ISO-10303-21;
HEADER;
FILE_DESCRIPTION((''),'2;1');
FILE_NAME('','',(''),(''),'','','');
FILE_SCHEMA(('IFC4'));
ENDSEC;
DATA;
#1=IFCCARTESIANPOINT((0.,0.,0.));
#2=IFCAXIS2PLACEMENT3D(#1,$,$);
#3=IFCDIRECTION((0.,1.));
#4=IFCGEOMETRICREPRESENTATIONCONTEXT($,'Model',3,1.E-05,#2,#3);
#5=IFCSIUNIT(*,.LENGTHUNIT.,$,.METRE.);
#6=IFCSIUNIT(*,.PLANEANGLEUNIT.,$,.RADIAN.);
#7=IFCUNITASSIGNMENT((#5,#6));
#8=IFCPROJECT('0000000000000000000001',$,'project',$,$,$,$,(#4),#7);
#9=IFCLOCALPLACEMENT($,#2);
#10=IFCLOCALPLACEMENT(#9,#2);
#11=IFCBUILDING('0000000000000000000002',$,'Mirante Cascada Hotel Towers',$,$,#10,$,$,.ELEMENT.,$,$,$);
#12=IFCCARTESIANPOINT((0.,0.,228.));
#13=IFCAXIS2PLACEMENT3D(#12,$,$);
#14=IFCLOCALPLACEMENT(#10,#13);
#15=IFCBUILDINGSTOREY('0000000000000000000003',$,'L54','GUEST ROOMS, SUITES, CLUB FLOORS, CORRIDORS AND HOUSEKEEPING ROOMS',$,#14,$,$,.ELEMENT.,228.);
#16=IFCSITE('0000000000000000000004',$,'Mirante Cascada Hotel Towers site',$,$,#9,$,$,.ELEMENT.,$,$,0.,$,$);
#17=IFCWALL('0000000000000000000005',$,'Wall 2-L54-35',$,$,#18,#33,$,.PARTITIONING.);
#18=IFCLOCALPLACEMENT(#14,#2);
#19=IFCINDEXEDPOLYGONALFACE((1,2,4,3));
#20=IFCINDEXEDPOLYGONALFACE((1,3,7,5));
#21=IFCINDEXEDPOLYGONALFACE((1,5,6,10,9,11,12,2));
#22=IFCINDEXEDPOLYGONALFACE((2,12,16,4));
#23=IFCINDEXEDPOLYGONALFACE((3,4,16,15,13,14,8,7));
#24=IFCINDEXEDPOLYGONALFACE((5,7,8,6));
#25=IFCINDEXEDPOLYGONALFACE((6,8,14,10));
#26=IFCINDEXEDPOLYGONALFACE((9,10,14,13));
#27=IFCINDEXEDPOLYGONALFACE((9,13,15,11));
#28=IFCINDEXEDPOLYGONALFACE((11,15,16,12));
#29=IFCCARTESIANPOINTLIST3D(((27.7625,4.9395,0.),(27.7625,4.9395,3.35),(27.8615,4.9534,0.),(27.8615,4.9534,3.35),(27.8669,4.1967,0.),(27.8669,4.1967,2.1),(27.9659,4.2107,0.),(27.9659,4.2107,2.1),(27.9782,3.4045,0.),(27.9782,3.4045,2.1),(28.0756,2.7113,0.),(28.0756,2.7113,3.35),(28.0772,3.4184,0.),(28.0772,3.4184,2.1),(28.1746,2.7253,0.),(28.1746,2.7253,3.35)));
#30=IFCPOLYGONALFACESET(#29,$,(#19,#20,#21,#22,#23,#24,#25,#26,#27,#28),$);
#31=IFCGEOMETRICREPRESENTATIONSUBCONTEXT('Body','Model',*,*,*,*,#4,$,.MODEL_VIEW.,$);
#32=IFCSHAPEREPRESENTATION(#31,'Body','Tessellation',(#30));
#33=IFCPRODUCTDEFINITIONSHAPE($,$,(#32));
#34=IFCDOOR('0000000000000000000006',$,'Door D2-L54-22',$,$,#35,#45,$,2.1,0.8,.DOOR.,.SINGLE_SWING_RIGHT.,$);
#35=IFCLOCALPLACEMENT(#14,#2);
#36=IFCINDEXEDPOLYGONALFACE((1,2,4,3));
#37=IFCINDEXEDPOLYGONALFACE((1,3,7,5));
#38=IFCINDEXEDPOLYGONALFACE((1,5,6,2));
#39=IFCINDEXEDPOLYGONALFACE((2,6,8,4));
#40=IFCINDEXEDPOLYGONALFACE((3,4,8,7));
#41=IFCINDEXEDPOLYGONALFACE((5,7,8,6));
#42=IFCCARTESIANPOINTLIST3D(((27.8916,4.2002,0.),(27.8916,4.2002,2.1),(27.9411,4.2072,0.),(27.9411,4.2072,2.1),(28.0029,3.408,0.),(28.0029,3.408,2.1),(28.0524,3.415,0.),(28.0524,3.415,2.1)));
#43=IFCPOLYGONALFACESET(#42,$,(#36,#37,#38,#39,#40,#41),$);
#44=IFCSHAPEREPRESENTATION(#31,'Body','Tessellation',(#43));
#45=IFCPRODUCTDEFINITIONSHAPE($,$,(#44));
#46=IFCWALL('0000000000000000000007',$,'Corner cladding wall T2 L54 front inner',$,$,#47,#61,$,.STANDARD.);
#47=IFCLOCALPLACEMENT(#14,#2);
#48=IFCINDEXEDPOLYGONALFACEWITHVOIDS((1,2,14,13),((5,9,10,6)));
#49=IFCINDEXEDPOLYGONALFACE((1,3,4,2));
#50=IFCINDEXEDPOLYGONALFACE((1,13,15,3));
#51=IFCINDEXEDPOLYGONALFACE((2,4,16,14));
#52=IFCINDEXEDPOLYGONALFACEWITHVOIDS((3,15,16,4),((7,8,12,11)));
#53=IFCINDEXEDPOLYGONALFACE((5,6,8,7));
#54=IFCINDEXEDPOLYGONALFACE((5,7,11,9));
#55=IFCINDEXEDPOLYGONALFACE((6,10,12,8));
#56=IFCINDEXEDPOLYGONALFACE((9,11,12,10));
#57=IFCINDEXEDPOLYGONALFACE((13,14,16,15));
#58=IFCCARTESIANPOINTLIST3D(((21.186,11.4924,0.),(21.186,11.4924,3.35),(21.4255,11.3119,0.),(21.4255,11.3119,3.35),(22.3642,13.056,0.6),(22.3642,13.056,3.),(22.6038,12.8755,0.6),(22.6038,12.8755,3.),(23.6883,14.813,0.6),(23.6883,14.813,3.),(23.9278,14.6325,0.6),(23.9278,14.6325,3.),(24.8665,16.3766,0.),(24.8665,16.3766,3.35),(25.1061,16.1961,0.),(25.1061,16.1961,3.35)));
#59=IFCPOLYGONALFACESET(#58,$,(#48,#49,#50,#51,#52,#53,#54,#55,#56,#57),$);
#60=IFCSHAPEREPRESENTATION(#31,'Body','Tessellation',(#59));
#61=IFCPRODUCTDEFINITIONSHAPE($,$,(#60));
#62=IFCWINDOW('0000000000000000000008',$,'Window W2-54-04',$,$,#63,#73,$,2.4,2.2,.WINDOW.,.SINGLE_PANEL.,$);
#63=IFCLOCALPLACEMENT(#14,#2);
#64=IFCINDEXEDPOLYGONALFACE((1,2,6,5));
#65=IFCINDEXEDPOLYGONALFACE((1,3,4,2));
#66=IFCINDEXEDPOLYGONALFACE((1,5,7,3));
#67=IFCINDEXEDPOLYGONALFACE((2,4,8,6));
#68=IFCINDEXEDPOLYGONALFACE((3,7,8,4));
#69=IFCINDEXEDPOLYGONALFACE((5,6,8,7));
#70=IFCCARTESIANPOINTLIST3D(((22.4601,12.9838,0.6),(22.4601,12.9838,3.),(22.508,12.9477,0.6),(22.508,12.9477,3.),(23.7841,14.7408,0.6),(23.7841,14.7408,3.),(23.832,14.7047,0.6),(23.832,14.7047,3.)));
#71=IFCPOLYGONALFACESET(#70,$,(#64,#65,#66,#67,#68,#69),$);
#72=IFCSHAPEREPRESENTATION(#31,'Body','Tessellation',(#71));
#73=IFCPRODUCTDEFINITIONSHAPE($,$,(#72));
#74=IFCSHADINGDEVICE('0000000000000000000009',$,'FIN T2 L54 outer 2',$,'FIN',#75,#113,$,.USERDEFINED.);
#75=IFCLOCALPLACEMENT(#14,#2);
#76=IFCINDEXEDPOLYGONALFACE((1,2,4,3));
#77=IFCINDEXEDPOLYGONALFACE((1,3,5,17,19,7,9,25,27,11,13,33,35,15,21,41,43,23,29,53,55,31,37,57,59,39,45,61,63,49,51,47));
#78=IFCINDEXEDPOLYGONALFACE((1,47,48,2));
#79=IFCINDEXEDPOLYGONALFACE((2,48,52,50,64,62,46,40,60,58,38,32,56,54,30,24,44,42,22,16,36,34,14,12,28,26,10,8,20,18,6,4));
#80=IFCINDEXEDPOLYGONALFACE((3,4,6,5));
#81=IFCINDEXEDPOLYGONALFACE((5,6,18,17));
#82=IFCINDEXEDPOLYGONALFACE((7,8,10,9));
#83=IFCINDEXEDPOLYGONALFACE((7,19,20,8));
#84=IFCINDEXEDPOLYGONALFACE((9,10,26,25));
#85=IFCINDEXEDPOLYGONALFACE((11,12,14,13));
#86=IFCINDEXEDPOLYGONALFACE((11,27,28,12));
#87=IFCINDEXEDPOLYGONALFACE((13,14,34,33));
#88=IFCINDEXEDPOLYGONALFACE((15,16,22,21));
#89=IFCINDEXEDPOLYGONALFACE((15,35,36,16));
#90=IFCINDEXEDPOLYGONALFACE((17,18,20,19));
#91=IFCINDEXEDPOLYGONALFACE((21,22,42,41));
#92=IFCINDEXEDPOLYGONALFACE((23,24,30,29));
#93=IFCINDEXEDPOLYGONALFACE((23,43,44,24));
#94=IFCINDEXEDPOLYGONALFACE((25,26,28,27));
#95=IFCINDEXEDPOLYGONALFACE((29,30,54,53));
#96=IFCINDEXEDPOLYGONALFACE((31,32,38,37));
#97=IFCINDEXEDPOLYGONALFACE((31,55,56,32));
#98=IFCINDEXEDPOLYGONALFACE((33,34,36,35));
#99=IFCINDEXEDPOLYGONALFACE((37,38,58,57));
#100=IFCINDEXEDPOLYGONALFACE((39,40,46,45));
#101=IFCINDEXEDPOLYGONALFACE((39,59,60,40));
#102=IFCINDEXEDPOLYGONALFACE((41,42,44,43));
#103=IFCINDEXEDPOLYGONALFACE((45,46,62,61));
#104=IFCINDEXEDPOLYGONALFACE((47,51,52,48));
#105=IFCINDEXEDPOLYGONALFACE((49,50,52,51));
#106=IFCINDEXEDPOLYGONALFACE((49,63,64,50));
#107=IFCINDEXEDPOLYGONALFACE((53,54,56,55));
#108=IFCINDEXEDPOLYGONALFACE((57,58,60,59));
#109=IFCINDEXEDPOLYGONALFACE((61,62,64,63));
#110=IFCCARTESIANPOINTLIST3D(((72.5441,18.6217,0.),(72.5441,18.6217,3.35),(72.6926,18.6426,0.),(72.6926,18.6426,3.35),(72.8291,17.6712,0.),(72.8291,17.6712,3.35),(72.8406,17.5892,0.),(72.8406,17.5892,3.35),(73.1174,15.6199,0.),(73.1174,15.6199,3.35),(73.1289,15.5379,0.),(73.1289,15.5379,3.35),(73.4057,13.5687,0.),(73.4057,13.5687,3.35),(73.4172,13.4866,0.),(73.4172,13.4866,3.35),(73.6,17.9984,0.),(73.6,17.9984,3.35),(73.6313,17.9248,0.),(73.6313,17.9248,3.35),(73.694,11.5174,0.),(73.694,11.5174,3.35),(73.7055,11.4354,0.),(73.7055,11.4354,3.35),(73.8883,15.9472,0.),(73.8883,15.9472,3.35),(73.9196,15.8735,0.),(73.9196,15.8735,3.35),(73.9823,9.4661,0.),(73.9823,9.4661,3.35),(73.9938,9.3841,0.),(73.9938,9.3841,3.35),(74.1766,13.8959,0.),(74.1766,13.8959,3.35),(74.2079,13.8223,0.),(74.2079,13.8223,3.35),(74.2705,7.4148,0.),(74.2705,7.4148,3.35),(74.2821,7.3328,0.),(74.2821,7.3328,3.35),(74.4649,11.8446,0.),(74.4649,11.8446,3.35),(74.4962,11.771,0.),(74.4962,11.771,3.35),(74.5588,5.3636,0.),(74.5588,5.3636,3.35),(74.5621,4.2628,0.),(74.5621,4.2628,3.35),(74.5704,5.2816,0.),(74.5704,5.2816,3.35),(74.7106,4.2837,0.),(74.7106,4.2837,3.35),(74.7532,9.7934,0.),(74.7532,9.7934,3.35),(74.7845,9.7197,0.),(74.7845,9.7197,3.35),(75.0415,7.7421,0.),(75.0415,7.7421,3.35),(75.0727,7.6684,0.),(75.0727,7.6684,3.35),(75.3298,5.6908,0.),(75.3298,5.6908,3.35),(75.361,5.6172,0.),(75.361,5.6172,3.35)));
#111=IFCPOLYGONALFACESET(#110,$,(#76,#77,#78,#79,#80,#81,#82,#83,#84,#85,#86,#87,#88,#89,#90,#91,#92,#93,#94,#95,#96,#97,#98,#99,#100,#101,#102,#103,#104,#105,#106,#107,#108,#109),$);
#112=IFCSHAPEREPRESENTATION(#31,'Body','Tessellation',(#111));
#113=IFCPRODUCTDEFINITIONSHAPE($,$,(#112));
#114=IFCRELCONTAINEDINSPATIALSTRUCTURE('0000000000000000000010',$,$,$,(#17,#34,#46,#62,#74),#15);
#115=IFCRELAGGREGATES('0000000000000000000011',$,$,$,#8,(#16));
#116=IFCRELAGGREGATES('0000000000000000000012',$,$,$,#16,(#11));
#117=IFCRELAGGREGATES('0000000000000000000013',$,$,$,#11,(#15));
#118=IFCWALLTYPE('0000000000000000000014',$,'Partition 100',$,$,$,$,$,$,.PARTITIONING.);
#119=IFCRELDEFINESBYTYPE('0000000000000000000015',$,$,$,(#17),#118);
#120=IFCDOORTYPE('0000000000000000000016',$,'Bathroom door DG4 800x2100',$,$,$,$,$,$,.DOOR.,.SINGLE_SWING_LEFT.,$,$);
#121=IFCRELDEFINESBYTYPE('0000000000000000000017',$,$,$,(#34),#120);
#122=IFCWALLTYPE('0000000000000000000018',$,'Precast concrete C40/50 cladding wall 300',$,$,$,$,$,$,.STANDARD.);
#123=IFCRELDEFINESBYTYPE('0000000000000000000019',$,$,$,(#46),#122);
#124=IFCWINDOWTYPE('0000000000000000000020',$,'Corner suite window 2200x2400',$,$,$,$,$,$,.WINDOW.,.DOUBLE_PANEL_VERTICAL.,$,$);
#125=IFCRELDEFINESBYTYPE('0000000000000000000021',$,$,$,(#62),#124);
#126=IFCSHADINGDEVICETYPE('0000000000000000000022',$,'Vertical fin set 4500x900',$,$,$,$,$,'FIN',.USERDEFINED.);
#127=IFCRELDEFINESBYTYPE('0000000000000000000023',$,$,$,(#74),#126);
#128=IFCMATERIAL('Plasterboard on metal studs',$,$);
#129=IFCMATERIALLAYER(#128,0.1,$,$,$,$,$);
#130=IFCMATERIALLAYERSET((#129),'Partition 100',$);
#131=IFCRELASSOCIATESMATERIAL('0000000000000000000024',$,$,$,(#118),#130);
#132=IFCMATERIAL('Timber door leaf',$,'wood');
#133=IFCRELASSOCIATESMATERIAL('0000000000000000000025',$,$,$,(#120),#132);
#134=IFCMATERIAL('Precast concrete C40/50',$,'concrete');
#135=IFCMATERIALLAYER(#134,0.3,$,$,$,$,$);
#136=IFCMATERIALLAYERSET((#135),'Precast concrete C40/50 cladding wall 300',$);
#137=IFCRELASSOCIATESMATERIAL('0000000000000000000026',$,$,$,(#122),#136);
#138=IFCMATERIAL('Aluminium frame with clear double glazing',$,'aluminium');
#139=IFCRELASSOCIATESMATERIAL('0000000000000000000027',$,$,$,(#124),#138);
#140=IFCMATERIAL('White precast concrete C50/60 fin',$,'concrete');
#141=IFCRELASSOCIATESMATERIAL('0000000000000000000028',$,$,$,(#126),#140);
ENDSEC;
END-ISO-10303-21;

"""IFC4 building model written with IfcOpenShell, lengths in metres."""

from ifc_helpers import new_model, si_unit, direction, frame, frame_2d, origin, place, context, subcontext, project, spatial, polyline, rectangle, outline, extrude, material, layer, layer_set, type_object, element, fill, save


model = new_model("IFC4")

# Units and contexts
model_context = context("Model", 3, precision=1e-05, world=origin(), true_north=direction((0.0, 1.0)))
body_context = subcontext(model_context, "Body", "Model", "MODEL_VIEW")
ifc_project = project(units=[si_unit("LENGTHUNIT", "METRE"), si_unit("PLANEANGLEUNIT", "RADIAN")], contexts=[model_context])

# Site, building, storey
site_placement = place(None, origin())
site = spatial("IfcSite", under=ifc_project, at=site_placement, Name="Mirante Cascada Hotel Towers site", CompositionType="ELEMENT", RefElevation=0.0)
building_placement = place(site_placement, origin())
building = spatial("IfcBuilding", under=site, at=building_placement, Name="Mirante Cascada Hotel Towers", CompositionType="ELEMENT")
storey_placement = place(building_placement, frame((0.0, 0.0, 228.0)))
storey = spatial("IfcBuildingStorey", under=building, at=storey_placement, Name="L54", Description="GUEST ROOMS, SUITES, CLUB FLOORS, CORRIDORS AND HOUSEKEEPING ROOMS", CompositionType="ELEMENT", Elevation=228.0)

# Shared definitions
ifc_material_1 = material(Name="Plasterboard on metal studs")
ifc_layer_1 = layer(ifc_material_1, 0.1)
ifc_layer_set_1 = layer_set([ifc_layer_1], Name="Partition 100")
wall_type_1 = type_object("IfcWallType", Name="Partition 100", PredefinedType="PARTITIONING", material=ifc_layer_set_1)

# Shared definitions
ifc_material_2 = material(Name="Timber door leaf", Category="wood")
door_type_1 = type_object("IfcDoorType", Name="Bathroom door DG4 800x2100", OperationType="SINGLE_SWING_LEFT", PredefinedType="DOOR", material=ifc_material_2)

# Wall, opening, door
wall_1_placement = place(storey_placement, frame((28.1251, 2.7183, 0.0), z_axis=(0.0, 0.0, 1.0), x_axis=(-0.139156, 0.990271, 0.0)))
wall_1 = element("IfcWall", 1, at=wall_1_placement, inside=storey, type_object=wall_type_1, Name="Wall 2-L54-35", PredefinedType="PARTITIONING", context=body_context, shape_type="SweptSolid", body=[
    extrude(rectangle(XDim=2.25, YDim=0.1, at=frame_2d((1.125, 0.0))), origin(), (0.0, 0.0, 1.0), 3.35),
])
opening_1_placement = place(wall_1_placement, frame((0.7, 0.0, 0.0)))
opening_1 = element("IfcOpeningElement", 2, at=opening_1_placement, cuts=wall_1, PredefinedType="OPENING", context=body_context, shape_type="SweptSolid", body=[
    extrude(rectangle(XDim=0.8, YDim=2.1, at=frame_2d((0.4, 1.05))), frame((0.0, 0.05, 0.0), z_axis=(0.0, -1.0, 0.0), x_axis=(1.0, 0.0, 0.0)), (0.0, 0.0, 1.0), 0.1),
])
door_1_placement = place(opening_1_placement, frame((0.8, 0.0, 0.0), z_axis=(0.0, 0.0, 1.0), x_axis=(-1.0, 0.0, 0.0)))
door_1 = element("IfcDoor", 3, at=door_1_placement, inside=storey, type_object=door_type_1, Name="Door D2-L54-22", OperationType="SINGLE_SWING_RIGHT", OverallHeight=2.1, OverallWidth=0.8, PredefinedType="DOOR", context=body_context, shape_type="SweptSolid", body=[
    extrude(rectangle(XDim=0.8, YDim=2.1, at=frame_2d((0.4, 1.05))), frame((0.0, 0.025, 0.0), z_axis=(0.0, -1.0, 0.0), x_axis=(1.0, 0.0, 0.0)), (0.0, 0.0, 1.0), 0.05),
])
fill(opening_1, door_1)

# Wall, opening, window
ifc_material_3 = material(Name="Precast concrete C40/50", Category="concrete")
ifc_layer_2 = layer(ifc_material_3, 0.3)
ifc_layer_set_2 = layer_set([ifc_layer_2], Name="Precast concrete C40/50 cladding wall 300")
wall_type_2 = type_object("IfcWallType", Name="Precast concrete C40/50 cladding wall 300", PredefinedType="STANDARD", material=ifc_layer_set_2)
wall_2_placement = place(storey_placement, frame((24.9863, 16.2863, 0.0), z_axis=(0.0, 0.0, 1.0), x_axis=(-0.601824, -0.798628, 0.0)))
wall_2 = element("IfcWall", 4, at=wall_2_placement, inside=storey, type_object=wall_type_2, Name="Corner cladding wall T2 L54 front inner", PredefinedType="STANDARD", context=body_context, shape_type="SweptSolid", body=[
    extrude(rectangle(XDim=6.1157, YDim=0.3, at=frame_2d((3.0578, 0.0))), origin(), (0.0, 0.0, 1.0), 3.35),
])
opening_2_placement = place(wall_2_placement, frame((1.9578, 0.0, 0.6)))
opening_2 = element("IfcOpeningElement", 5, at=opening_2_placement, cuts=wall_2, PredefinedType="OPENING", context=body_context, shape_type="SweptSolid", body=[
    extrude(rectangle(XDim=2.2, YDim=2.4, at=frame_2d((1.1, 1.2))), frame((0.0, 0.15, 0.0), z_axis=(0.0, -1.0, 0.0), x_axis=(1.0, 0.0, 0.0)), (0.0, 0.0, 1.0), 0.3),
])
ifc_material_4 = material(Name="Aluminium frame with clear double glazing", Category="aluminium")
window_type = type_object("IfcWindowType", Name="Corner suite window 2200x2400", PartitioningType="DOUBLE_PANEL_VERTICAL", PredefinedType="WINDOW", material=ifc_material_4)
window_placement = place(opening_2_placement, origin())
window = element("IfcWindow", 6, at=window_placement, inside=storey, type_object=window_type, Name="Window W2-54-04", OverallHeight=2.4, OverallWidth=2.2, PartitioningType="SINGLE_PANEL", PredefinedType="WINDOW", context=body_context, shape_type="SweptSolid", body=[
    extrude(rectangle(XDim=2.2, YDim=2.4, at=frame_2d((1.1, 1.2))), frame((0.0, 0.03, 0.0), z_axis=(0.0, -1.0, 0.0), x_axis=(1.0, 0.0, 0.0)), (0.0, 0.0, 1.0), 0.06),
])
fill(opening_2, window)

# Shading device
ifc_material_5 = material(Name="White precast concrete C50/60 fin", Category="concrete")
shading_device_type = type_object("IfcShadingDeviceType", Name="Vertical fin set 4500x900", ElementType="FIN", PredefinedType="USERDEFINED", material=ifc_material_5)
shading_device_placement = place(storey_placement, origin())
element("IfcShadingDevice", 7, at=shading_device_placement, inside=storey, type_object=shading_device_type, Name="FIN T2 L54 outer 2", ObjectType="FIN", PredefinedType="USERDEFINED", context=body_context, shape_type="SweptSolid", body=[
    extrude(outline(polyline([(75.361, 5.6172), (74.5704, 5.2816), (74.7106, 4.2837), (74.5621, 4.2628), (72.5441, 18.6217), (72.6926, 18.6426), (72.8291, 17.6712), (73.6, 17.9984), (73.6313, 17.9248), (72.8406, 17.5892), (73.1174, 15.6199), (73.8883, 15.9472), (73.9196, 15.8735), (73.1289, 15.5379), (73.4057, 13.5687), (74.1766, 13.8959), (74.2079, 13.8223), (73.4172, 13.4866), (73.694, 11.5174), (74.4649, 11.8446), (74.4962, 11.771), (73.7055, 11.4354), (73.9823, 9.4661), (74.7532, 9.7934), (74.7845, 9.7197), (73.9938, 9.3841), (74.2705, 7.4148), (75.0415, 7.7421), (75.0727, 7.6684), (74.2821, 7.3328), (74.5588, 5.3636), (75.3298, 5.6908), (75.361, 5.6172)])), origin(), (0.0, 0.0, 1.0), 3.35),
])

save(model, "model.ifc")
